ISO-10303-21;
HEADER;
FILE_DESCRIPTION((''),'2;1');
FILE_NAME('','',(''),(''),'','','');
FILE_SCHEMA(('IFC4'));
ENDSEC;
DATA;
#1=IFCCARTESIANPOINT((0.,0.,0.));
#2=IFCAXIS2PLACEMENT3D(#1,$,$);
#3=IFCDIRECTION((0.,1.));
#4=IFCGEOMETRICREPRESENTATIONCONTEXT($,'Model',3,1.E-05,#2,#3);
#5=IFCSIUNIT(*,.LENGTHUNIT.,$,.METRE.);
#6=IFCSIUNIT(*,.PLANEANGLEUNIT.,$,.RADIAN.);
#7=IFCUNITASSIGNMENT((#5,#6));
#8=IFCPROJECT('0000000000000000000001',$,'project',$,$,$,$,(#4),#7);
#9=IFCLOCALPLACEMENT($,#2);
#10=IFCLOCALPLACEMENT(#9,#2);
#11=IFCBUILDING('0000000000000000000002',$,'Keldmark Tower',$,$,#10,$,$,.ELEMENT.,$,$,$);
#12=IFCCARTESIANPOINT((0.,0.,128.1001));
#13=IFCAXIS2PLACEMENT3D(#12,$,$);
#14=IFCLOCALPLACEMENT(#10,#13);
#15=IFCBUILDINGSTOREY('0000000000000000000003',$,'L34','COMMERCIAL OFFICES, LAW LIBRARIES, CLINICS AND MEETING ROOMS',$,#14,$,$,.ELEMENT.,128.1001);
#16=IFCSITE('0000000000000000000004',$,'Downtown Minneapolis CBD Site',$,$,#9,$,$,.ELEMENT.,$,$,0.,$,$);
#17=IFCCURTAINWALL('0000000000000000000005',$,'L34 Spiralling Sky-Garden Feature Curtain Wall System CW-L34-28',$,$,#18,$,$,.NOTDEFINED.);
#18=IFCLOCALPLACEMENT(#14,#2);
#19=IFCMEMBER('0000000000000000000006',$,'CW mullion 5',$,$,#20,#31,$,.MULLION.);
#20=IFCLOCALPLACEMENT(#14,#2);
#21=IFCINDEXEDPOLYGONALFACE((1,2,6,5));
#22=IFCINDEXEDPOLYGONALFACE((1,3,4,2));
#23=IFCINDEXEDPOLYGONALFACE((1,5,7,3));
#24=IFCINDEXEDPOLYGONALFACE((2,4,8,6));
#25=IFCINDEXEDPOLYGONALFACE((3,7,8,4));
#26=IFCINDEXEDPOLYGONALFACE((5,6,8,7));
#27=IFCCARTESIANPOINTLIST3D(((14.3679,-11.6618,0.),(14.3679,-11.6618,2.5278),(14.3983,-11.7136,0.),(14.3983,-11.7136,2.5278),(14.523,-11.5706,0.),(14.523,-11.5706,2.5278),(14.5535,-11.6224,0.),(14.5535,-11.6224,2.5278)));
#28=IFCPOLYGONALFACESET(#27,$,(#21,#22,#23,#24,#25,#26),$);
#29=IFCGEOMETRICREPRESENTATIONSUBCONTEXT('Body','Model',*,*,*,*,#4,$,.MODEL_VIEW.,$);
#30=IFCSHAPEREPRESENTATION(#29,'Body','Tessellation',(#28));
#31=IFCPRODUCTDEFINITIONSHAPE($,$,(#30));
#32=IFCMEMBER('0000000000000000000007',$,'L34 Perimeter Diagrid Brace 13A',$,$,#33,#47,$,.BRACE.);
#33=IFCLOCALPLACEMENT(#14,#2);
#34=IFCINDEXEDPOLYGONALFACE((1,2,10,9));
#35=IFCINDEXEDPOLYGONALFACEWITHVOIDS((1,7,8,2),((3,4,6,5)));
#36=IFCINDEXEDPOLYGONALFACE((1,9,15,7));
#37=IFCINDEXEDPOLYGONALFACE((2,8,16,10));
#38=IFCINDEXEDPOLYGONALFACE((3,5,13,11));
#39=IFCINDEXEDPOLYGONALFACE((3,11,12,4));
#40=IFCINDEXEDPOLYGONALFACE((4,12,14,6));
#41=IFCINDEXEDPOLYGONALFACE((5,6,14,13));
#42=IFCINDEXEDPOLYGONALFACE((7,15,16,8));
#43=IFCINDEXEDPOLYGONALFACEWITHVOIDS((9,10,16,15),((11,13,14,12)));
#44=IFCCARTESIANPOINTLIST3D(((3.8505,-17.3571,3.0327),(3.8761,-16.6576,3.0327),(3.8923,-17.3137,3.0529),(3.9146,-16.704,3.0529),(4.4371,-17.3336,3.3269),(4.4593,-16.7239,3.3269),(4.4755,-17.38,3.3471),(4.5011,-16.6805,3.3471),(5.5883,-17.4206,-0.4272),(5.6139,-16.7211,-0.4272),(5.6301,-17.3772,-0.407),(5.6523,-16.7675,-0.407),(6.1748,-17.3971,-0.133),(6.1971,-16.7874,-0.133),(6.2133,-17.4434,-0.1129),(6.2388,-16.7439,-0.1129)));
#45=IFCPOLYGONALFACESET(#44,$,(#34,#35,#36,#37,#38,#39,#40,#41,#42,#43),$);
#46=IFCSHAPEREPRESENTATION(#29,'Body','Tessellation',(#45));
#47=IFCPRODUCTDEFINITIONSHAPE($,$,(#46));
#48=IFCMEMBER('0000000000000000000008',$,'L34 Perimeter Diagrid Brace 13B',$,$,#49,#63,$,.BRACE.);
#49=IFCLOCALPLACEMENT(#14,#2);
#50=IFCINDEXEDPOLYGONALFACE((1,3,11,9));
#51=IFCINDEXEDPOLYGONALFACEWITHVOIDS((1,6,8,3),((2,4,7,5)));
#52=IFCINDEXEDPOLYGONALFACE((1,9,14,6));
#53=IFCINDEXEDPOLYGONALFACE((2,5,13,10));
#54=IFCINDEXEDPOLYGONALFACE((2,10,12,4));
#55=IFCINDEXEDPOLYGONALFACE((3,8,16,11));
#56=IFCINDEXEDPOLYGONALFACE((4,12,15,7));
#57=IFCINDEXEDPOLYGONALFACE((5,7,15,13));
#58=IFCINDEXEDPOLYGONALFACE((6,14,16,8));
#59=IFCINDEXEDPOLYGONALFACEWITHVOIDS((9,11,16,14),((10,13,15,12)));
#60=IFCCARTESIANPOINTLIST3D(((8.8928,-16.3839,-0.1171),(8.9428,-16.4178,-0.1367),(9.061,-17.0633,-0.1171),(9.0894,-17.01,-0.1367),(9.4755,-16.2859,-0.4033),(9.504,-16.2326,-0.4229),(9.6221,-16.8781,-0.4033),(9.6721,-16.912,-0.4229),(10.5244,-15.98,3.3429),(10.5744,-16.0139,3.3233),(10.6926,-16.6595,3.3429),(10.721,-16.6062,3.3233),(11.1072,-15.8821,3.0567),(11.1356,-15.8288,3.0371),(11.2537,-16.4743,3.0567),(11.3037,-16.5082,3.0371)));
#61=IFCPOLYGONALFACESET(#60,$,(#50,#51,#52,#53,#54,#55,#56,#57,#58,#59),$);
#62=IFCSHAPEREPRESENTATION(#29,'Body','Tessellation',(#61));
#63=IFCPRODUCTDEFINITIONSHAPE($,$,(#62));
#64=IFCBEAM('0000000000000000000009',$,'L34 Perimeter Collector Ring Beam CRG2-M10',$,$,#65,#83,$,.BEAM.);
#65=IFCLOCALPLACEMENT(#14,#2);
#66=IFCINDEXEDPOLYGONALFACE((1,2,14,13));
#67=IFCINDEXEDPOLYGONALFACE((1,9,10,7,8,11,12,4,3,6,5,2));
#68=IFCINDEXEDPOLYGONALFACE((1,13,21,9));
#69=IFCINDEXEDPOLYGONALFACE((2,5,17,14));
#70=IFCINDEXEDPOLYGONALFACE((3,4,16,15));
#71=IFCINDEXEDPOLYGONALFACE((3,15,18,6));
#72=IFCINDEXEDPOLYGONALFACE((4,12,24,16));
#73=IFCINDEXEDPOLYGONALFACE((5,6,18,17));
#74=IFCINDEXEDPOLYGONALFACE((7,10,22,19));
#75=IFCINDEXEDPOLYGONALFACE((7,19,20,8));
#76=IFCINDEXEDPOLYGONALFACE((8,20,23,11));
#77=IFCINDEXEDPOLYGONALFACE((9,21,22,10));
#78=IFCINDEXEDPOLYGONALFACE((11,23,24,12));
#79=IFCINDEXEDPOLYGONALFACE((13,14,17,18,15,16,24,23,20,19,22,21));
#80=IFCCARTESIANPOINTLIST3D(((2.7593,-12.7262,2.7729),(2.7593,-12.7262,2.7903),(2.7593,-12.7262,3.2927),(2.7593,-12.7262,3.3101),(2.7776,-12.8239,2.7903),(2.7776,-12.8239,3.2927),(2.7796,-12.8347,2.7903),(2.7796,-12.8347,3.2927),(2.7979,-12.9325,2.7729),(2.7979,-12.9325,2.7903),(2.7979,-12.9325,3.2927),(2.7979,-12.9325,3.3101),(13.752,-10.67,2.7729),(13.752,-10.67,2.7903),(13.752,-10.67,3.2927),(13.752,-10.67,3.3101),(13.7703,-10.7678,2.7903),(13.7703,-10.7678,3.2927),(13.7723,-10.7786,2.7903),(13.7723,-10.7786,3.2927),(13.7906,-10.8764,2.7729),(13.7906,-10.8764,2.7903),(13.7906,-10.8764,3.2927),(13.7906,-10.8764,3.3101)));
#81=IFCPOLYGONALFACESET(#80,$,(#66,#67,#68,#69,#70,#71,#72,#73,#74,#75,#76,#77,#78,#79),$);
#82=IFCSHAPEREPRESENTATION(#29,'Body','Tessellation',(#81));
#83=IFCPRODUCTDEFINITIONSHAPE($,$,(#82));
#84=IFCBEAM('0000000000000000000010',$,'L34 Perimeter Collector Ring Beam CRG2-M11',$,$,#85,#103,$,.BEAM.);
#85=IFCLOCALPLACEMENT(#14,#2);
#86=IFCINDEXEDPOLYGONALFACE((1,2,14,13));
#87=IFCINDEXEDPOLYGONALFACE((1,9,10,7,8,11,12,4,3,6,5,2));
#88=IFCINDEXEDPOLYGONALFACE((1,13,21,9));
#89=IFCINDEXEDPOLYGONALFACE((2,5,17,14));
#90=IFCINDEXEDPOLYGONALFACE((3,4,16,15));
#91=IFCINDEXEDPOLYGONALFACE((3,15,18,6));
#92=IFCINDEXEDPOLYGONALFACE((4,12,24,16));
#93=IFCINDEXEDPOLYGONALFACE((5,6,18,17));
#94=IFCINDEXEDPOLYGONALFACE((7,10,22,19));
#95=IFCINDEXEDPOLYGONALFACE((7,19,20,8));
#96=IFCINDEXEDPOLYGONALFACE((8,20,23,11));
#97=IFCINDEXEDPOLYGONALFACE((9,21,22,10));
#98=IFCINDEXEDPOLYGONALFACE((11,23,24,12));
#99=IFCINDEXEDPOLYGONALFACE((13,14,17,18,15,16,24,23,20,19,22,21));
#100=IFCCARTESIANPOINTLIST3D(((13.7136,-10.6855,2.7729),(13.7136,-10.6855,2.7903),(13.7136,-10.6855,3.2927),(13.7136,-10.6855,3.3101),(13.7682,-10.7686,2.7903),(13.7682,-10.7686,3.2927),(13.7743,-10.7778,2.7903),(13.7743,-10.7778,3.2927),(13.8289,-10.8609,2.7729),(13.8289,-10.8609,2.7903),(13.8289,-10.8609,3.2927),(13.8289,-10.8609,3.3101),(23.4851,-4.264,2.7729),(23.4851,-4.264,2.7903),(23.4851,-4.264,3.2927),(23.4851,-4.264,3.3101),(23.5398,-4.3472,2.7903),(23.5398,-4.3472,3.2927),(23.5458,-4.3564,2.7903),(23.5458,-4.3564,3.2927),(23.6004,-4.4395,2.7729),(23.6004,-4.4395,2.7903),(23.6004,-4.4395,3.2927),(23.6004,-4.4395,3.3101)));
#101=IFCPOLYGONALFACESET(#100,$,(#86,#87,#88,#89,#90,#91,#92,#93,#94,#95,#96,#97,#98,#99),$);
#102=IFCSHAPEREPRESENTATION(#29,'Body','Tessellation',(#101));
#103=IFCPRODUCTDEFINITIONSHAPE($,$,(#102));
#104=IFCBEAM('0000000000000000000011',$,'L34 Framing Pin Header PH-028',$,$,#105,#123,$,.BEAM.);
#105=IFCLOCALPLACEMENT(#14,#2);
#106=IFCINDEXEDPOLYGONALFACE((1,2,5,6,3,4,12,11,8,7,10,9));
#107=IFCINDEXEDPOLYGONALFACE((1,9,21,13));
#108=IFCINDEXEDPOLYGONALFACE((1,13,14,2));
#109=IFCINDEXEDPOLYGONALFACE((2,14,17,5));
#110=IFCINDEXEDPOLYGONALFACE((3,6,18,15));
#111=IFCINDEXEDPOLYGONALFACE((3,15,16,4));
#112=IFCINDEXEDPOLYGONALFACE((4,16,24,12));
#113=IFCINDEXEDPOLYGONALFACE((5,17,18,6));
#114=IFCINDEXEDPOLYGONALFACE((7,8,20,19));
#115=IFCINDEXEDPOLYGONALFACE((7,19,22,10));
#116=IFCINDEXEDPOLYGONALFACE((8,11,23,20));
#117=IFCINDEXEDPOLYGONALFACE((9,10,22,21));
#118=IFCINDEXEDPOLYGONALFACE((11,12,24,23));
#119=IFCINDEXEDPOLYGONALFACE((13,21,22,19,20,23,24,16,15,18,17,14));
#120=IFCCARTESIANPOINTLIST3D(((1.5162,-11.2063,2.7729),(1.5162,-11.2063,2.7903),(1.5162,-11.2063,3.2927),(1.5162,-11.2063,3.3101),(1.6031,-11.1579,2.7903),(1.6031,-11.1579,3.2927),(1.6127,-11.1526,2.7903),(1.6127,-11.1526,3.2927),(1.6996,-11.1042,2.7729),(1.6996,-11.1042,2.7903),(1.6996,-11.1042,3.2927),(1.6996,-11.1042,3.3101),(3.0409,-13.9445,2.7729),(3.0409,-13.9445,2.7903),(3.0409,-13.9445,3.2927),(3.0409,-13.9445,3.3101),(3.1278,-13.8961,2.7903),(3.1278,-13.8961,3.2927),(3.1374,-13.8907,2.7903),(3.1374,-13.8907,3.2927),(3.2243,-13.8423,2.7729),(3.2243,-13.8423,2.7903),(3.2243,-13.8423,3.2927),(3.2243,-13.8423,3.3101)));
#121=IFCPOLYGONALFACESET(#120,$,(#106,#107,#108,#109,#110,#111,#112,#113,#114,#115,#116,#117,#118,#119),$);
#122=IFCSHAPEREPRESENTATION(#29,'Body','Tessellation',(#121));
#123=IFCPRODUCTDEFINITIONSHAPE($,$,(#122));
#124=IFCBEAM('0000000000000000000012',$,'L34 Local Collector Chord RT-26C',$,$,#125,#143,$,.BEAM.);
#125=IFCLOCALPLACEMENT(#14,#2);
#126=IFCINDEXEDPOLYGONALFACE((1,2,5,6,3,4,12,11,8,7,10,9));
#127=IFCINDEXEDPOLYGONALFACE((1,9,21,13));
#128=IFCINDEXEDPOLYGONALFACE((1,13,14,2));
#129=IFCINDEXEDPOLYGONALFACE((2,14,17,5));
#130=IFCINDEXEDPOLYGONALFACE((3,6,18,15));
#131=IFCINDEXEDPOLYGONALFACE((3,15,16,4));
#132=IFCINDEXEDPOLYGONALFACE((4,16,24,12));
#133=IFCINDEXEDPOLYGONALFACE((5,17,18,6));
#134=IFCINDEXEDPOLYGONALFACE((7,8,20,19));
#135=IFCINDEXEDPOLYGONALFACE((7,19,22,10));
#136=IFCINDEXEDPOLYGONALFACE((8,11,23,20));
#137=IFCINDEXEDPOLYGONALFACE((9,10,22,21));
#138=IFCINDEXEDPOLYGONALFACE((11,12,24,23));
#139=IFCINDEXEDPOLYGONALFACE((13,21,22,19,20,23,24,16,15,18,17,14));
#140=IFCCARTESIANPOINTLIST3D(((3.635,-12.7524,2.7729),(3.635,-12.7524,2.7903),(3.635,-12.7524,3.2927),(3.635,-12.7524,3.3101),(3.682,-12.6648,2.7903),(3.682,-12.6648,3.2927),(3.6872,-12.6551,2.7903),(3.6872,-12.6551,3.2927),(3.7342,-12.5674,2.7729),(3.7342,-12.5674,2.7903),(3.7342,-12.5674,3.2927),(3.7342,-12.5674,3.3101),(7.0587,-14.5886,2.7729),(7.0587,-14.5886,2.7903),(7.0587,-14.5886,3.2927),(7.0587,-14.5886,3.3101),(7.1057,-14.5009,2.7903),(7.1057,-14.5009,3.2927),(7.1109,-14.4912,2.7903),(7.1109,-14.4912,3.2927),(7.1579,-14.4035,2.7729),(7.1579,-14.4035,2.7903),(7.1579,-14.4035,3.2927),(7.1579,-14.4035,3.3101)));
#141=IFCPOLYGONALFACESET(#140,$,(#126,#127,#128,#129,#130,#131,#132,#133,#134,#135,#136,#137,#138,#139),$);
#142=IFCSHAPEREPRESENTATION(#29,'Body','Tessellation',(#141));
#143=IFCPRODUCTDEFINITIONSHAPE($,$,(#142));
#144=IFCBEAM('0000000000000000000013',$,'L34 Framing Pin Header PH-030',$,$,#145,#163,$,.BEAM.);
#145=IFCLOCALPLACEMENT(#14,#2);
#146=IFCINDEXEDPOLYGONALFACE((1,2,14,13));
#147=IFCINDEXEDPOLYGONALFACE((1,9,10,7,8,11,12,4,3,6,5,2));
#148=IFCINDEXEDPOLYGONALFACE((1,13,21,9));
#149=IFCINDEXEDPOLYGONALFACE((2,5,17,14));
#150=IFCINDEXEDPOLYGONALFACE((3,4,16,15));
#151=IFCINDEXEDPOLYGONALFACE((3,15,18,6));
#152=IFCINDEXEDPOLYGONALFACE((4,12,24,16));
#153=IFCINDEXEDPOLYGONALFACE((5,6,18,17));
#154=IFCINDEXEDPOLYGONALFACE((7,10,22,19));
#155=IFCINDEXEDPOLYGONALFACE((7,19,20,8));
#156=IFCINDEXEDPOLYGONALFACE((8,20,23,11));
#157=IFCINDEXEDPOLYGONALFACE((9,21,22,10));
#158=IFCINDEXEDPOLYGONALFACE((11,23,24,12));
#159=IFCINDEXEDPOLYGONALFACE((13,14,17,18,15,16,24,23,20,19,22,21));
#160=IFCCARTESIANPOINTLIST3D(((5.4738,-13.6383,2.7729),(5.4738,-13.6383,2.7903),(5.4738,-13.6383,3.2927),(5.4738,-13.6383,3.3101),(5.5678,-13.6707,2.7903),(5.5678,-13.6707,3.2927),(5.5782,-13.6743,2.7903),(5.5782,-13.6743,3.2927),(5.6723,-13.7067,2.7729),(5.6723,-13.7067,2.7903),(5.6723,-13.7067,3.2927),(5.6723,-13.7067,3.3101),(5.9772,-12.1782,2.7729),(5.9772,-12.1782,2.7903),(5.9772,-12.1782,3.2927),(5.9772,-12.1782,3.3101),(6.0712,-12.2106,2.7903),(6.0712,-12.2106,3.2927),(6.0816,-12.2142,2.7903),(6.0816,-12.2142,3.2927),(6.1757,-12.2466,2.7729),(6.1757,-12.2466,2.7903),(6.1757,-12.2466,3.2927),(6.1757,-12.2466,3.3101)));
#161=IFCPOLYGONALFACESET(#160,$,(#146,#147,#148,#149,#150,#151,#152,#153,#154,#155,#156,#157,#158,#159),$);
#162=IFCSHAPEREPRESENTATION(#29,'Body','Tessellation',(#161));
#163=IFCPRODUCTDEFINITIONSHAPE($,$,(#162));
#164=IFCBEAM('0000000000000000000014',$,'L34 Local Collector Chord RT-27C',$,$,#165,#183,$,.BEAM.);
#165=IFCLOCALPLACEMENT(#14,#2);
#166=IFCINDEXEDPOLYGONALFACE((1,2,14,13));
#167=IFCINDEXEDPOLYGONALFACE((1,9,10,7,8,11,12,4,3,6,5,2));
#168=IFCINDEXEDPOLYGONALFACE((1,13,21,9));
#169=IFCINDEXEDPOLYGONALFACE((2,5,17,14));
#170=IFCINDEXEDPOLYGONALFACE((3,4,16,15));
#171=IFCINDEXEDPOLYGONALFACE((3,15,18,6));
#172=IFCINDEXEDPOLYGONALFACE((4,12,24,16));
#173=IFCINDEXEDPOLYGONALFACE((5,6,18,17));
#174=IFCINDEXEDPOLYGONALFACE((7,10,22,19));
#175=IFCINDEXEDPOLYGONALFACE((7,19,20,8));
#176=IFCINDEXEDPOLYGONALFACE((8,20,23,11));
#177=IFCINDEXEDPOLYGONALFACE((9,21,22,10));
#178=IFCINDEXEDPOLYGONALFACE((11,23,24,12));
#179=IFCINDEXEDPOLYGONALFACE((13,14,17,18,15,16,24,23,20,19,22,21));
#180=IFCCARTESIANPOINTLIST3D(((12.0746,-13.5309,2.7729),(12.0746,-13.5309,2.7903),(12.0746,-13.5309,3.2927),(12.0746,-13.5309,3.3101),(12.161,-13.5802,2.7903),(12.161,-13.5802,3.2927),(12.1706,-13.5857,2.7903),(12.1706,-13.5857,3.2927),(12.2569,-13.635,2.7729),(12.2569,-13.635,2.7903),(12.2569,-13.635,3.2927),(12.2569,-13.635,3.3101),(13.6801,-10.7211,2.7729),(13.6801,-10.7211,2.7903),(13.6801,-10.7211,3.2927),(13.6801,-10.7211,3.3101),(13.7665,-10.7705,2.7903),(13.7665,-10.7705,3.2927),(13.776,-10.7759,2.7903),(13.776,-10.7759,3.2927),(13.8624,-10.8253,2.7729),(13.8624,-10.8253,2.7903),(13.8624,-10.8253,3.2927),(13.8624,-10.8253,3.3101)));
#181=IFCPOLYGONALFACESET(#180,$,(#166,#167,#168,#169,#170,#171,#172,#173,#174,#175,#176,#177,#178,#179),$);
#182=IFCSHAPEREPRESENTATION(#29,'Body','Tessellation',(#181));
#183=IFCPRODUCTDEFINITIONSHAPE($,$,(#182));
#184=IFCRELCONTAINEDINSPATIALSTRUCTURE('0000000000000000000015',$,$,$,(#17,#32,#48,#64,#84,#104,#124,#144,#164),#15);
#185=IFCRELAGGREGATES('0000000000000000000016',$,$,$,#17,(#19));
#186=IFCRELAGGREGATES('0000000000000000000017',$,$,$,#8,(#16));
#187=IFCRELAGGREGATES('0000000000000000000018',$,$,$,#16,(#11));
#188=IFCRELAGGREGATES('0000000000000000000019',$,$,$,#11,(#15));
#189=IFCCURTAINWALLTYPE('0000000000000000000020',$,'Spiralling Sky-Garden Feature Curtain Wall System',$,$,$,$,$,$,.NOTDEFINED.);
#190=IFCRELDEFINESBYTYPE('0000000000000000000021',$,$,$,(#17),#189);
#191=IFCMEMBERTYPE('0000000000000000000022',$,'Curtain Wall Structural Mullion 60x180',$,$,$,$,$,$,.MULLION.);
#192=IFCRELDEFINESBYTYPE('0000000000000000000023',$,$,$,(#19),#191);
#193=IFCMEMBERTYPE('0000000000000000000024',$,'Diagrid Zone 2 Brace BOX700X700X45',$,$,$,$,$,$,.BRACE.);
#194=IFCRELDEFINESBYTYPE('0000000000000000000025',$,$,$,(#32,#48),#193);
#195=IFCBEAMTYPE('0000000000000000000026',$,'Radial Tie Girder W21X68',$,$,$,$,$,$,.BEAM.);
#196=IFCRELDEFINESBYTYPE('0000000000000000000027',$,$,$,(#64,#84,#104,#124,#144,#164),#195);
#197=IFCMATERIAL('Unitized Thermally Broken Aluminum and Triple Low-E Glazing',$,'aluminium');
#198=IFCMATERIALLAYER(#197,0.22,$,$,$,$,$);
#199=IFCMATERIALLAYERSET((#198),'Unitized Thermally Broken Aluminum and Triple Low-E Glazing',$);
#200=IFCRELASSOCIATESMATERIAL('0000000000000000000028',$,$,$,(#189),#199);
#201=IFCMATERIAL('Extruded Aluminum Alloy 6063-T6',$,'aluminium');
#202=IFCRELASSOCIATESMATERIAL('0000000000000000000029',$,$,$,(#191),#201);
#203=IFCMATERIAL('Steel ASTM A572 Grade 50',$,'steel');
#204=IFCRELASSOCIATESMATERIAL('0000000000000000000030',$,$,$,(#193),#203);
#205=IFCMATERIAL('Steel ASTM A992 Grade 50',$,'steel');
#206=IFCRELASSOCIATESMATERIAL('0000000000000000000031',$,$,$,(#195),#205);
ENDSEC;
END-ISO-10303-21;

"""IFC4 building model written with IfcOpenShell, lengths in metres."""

from ifc_helpers import new_model, si_unit, direction, frame, origin, origin_2d, place, context, subcontext, project, spatial, rectangle, hollow_rectangle, i_section, extrude, material, layer, layer_set, material_profile, profile_set, type_object, element, aggregate, save


model = new_model("IFC4")

# Units and contexts
model_context = context("Model", 3, precision=1e-05, world=origin(), true_north=direction((0.0, 1.0)))
body_context = subcontext(model_context, "Body", "Model", "MODEL_VIEW")
ifc_project = project(units=[si_unit("LENGTHUNIT", "METRE"), si_unit("PLANEANGLEUNIT", "RADIAN")], contexts=[model_context])

# Site, building, storey
site_placement = place(None, origin())
site = spatial("IfcSite", under=ifc_project, at=site_placement, Name="Downtown Minneapolis CBD Site", CompositionType="ELEMENT", RefElevation=0.0)
building_placement = place(site_placement, origin())
building = spatial("IfcBuilding", under=site, at=building_placement, Name="Keldmark Tower", CompositionType="ELEMENT")
storey_placement = place(building_placement, frame((0.0, 0.0, 128.1001)))
storey = spatial("IfcBuildingStorey", under=building, at=storey_placement, Name="L34", Description="COMMERCIAL OFFICES, LAW LIBRARIES, CLINICS AND MEETING ROOMS", CompositionType="ELEMENT", Elevation=128.1001)

# Curtain wall, member
ifc_material_1 = material(Name="Unitized Thermally Broken Aluminum and Triple Low-E Glazing", Category="aluminium")
ifc_layer_1 = layer(ifc_material_1, 0.22)
ifc_layer_set_1 = layer_set([ifc_layer_1], Name="Unitized Thermally Broken Aluminum and Triple Low-E Glazing")
curtain_wall_type = type_object("IfcCurtainWallType", Name="Spiralling Sky-Garden Feature Curtain Wall System", PredefinedType="NOTDEFINED", material=ifc_layer_set_1)
curtain_wall_placement = place(storey_placement, origin())
curtain_wall = element("IfcCurtainWall", 1, at=curtain_wall_placement, inside=storey, type_object=curtain_wall_type, Name="L34 Spiralling Sky-Garden Feature Curtain Wall System CW-L34-28", PredefinedType="NOTDEFINED")
ifc_material_2 = material(Name="Extruded Aluminum Alloy 6063-T6", Category="aluminium")
ifc_material_profile_1 = material_profile(ifc_material_2, rectangle(XDim=0.0601, YDim=0.1799, at=origin_2d()), Name="CWM60X180")
ifc_profile_set_1 = profile_set([ifc_material_profile_1], Name="Extruded Aluminum Alloy 6063-T6")
member_type_1 = type_object("IfcMemberType", Name="Curtain Wall Structural Mullion 60x180", PredefinedType="MULLION", material=ifc_profile_set_1)
member_1_placement = place(storey_placement, frame((14.4607, -11.6421, 0.0), z_axis=(0.0, 0.0, 1.0), x_axis=(0.506625, -0.862166, 0.0)))
member_1 = element("IfcMember", 2, at=member_1_placement, type_object=member_type_1, Name="CW mullion 5", PredefinedType="MULLION", context=body_context, shape_type="SweptSolid", body=[
    extrude(rectangle(XDim=0.0601, YDim=0.1799, at=origin_2d()), origin(), (0.0, 0.0, 1.0), 2.5278),
])

# Members
ifc_material_3 = material(Name="Steel ASTM A572 Grade 50", Category="steel")
ifc_material_profile_2 = material_profile(ifc_material_3, hollow_rectangle(XDim=0.7, YDim=0.7, WallThickness=0.0449, at=origin_2d()), Name="BOX700X700X45")
ifc_profile_set_2 = profile_set([ifc_material_profile_2], Name="Steel ASTM A572 Grade 50")
member_type_2 = type_object("IfcMemberType", Name="Diagrid Zone 2 Brace BOX700X700X45", PredefinedType="BRACE", material=ifc_profile_set_2)
member_2_placement = place(storey_placement, frame((5.9136, -17.0823, -0.27), z_axis=(-0.448767, 0.016392, 0.893499), x_axis=(-0.036503, -0.999334, 0.0)))
element("IfcMember", 3, at=member_2_placement, inside=storey, type_object=member_type_2, Name="L34 Perimeter Diagrid Brace 13A", PredefinedType="BRACE", context=body_context, shape_type="SweptSolid", body=[
    extrude(hollow_rectangle(XDim=0.7, YDim=0.7, WallThickness=0.0449, at=origin_2d()), origin(), (0.0, 0.0, 1.0), 3.8723),
])
member_3_placement = place(storey_placement, frame((9.2825, -16.6479, -0.27), z_axis=(0.424162, 0.104978, 0.899481), x_axis=(-0.240245, 0.970712, 0.0)))
element("IfcMember", 4, at=member_3_placement, inside=storey, type_object=member_type_2, Name="L34 Perimeter Diagrid Brace 13B", PredefinedType="BRACE", context=body_context, shape_type="SweptSolid", body=[
    extrude(hollow_rectangle(XDim=0.7, YDim=0.7, WallThickness=0.0449, at=origin_2d()), origin(), (0.0, 0.0, 1.0), 3.8467),
])

# Beams
ifc_material_4 = material(Name="Steel ASTM A992 Grade 50", Category="steel")
ifc_material_profile_3 = material_profile(ifc_material_4, i_section(OverallWidth=0.21, OverallDepth=0.5371, WebThickness=0.011, FlangeThickness=0.0173, at=origin_2d()), Name="W21X68")
ifc_profile_set_3 = profile_set([ifc_material_profile_3], Name="Steel ASTM A992 Grade 50")
beam_type_1 = type_object("IfcBeamType", Name="Radial Tie Girder W21X68", PredefinedType="BEAM", material=ifc_profile_set_3)
beam_1_placement = place(storey_placement, frame((2.7786, -12.8293, 3.0415), z_axis=(0.982953, 0.183859, 0.0), x_axis=(-0.183859, 0.982953, 0.0)))
element("IfcBeam", 5, at=beam_1_placement, inside=storey, type_object=beam_type_1, Name="L34 Perimeter Collector Ring Beam CRG2-M10", PredefinedType="BEAM", context=body_context, shape_type="SweptSolid", body=[
    extrude(i_section(OverallWidth=0.21, OverallDepth=0.5371, WebThickness=0.011, FlangeThickness=0.0173, at=origin_2d()), origin(), (0.0, 0.0, 1.0), 11.1833),
])
beam_2_placement = place(storey_placement, frame((13.7712, -10.7732, 3.0415), z_axis=(0.835701, 0.549185, 0.0), x_axis=(-0.549185, 0.835701, 0.0)))
element("IfcBeam", 6, at=beam_2_placement, inside=storey, type_object=beam_type_1, Name="L34 Perimeter Collector Ring Beam CRG2-M11", PredefinedType="BEAM", context=body_context, shape_type="SweptSolid", body=[
    extrude(i_section(OverallWidth=0.21, OverallDepth=0.5371, WebThickness=0.011, FlangeThickness=0.0173, at=origin_2d()), origin(), (0.0, 0.0, 1.0), 11.6926),
])
beam_3_placement = place(storey_placement, frame((1.6079, -11.1553, 3.0415), z_axis=(0.486503, -0.873679, 0.0), x_axis=(0.873679, 0.486503, 0.0)))
element("IfcBeam", 7, at=beam_3_placement, inside=storey, type_object=beam_type_1, Name="L34 Framing Pin Header PH-028", PredefinedType="BEAM", context=body_context, shape_type="SweptSolid", body=[
    extrude(i_section(OverallWidth=0.21, OverallDepth=0.5371, WebThickness=0.011, FlangeThickness=0.0173, at=origin_2d()), origin(), (0.0, 0.0, 1.0), 3.134),
])
beam_4_placement = place(storey_placement, frame((3.6846, -12.6599, 3.0415), z_axis=(0.881267, -0.472619, 0.0), x_axis=(0.472619, 0.881267, 0.0)))
element("IfcBeam", 8, at=beam_4_placement, inside=storey, type_object=beam_type_1, Name="L34 Local Collector Chord RT-26C", PredefinedType="BEAM", context=body_context, shape_type="SweptSolid", body=[
    extrude(i_section(OverallWidth=0.21, OverallDepth=0.5371, WebThickness=0.011, FlangeThickness=0.0173, at=origin_2d()), origin(), (0.0, 0.0, 1.0), 3.885),
])
beam_5_placement = place(storey_placement, frame((6.0764, -12.2124, 3.0415), z_axis=(-0.325932, -0.945393, 0.0), x_axis=(0.945393, -0.325932, 0.0)))
element("IfcBeam", 9, at=beam_5_placement, inside=storey, type_object=beam_type_1, Name="L34 Framing Pin Header PH-030", PredefinedType="BEAM", context=body_context, shape_type="SweptSolid", body=[
    extrude(i_section(OverallWidth=0.21, OverallDepth=0.5371, WebThickness=0.011, FlangeThickness=0.0173, at=origin_2d()), origin(), (0.0, 0.0, 1.0), 1.5444),
])
beam_6_placement = place(storey_placement, frame((13.7712, -10.7732, 3.0415), z_axis=(-0.496106, -0.868262, 0.0), x_axis=(0.868262, -0.496106, 0.0)))
element("IfcBeam", 10, at=beam_6_placement, inside=storey, type_object=beam_type_1, Name="L34 Local Collector Chord RT-27C", PredefinedType="BEAM", context=body_context, shape_type="SweptSolid", body=[
    extrude(i_section(OverallWidth=0.21, OverallDepth=0.5371, WebThickness=0.011, FlangeThickness=0.0173, at=origin_2d()), origin(), (0.0, 0.0, 1.0), 3.2361),
])

aggregate(curtain_wall, [member_1])

save(model, "model.ifc")
